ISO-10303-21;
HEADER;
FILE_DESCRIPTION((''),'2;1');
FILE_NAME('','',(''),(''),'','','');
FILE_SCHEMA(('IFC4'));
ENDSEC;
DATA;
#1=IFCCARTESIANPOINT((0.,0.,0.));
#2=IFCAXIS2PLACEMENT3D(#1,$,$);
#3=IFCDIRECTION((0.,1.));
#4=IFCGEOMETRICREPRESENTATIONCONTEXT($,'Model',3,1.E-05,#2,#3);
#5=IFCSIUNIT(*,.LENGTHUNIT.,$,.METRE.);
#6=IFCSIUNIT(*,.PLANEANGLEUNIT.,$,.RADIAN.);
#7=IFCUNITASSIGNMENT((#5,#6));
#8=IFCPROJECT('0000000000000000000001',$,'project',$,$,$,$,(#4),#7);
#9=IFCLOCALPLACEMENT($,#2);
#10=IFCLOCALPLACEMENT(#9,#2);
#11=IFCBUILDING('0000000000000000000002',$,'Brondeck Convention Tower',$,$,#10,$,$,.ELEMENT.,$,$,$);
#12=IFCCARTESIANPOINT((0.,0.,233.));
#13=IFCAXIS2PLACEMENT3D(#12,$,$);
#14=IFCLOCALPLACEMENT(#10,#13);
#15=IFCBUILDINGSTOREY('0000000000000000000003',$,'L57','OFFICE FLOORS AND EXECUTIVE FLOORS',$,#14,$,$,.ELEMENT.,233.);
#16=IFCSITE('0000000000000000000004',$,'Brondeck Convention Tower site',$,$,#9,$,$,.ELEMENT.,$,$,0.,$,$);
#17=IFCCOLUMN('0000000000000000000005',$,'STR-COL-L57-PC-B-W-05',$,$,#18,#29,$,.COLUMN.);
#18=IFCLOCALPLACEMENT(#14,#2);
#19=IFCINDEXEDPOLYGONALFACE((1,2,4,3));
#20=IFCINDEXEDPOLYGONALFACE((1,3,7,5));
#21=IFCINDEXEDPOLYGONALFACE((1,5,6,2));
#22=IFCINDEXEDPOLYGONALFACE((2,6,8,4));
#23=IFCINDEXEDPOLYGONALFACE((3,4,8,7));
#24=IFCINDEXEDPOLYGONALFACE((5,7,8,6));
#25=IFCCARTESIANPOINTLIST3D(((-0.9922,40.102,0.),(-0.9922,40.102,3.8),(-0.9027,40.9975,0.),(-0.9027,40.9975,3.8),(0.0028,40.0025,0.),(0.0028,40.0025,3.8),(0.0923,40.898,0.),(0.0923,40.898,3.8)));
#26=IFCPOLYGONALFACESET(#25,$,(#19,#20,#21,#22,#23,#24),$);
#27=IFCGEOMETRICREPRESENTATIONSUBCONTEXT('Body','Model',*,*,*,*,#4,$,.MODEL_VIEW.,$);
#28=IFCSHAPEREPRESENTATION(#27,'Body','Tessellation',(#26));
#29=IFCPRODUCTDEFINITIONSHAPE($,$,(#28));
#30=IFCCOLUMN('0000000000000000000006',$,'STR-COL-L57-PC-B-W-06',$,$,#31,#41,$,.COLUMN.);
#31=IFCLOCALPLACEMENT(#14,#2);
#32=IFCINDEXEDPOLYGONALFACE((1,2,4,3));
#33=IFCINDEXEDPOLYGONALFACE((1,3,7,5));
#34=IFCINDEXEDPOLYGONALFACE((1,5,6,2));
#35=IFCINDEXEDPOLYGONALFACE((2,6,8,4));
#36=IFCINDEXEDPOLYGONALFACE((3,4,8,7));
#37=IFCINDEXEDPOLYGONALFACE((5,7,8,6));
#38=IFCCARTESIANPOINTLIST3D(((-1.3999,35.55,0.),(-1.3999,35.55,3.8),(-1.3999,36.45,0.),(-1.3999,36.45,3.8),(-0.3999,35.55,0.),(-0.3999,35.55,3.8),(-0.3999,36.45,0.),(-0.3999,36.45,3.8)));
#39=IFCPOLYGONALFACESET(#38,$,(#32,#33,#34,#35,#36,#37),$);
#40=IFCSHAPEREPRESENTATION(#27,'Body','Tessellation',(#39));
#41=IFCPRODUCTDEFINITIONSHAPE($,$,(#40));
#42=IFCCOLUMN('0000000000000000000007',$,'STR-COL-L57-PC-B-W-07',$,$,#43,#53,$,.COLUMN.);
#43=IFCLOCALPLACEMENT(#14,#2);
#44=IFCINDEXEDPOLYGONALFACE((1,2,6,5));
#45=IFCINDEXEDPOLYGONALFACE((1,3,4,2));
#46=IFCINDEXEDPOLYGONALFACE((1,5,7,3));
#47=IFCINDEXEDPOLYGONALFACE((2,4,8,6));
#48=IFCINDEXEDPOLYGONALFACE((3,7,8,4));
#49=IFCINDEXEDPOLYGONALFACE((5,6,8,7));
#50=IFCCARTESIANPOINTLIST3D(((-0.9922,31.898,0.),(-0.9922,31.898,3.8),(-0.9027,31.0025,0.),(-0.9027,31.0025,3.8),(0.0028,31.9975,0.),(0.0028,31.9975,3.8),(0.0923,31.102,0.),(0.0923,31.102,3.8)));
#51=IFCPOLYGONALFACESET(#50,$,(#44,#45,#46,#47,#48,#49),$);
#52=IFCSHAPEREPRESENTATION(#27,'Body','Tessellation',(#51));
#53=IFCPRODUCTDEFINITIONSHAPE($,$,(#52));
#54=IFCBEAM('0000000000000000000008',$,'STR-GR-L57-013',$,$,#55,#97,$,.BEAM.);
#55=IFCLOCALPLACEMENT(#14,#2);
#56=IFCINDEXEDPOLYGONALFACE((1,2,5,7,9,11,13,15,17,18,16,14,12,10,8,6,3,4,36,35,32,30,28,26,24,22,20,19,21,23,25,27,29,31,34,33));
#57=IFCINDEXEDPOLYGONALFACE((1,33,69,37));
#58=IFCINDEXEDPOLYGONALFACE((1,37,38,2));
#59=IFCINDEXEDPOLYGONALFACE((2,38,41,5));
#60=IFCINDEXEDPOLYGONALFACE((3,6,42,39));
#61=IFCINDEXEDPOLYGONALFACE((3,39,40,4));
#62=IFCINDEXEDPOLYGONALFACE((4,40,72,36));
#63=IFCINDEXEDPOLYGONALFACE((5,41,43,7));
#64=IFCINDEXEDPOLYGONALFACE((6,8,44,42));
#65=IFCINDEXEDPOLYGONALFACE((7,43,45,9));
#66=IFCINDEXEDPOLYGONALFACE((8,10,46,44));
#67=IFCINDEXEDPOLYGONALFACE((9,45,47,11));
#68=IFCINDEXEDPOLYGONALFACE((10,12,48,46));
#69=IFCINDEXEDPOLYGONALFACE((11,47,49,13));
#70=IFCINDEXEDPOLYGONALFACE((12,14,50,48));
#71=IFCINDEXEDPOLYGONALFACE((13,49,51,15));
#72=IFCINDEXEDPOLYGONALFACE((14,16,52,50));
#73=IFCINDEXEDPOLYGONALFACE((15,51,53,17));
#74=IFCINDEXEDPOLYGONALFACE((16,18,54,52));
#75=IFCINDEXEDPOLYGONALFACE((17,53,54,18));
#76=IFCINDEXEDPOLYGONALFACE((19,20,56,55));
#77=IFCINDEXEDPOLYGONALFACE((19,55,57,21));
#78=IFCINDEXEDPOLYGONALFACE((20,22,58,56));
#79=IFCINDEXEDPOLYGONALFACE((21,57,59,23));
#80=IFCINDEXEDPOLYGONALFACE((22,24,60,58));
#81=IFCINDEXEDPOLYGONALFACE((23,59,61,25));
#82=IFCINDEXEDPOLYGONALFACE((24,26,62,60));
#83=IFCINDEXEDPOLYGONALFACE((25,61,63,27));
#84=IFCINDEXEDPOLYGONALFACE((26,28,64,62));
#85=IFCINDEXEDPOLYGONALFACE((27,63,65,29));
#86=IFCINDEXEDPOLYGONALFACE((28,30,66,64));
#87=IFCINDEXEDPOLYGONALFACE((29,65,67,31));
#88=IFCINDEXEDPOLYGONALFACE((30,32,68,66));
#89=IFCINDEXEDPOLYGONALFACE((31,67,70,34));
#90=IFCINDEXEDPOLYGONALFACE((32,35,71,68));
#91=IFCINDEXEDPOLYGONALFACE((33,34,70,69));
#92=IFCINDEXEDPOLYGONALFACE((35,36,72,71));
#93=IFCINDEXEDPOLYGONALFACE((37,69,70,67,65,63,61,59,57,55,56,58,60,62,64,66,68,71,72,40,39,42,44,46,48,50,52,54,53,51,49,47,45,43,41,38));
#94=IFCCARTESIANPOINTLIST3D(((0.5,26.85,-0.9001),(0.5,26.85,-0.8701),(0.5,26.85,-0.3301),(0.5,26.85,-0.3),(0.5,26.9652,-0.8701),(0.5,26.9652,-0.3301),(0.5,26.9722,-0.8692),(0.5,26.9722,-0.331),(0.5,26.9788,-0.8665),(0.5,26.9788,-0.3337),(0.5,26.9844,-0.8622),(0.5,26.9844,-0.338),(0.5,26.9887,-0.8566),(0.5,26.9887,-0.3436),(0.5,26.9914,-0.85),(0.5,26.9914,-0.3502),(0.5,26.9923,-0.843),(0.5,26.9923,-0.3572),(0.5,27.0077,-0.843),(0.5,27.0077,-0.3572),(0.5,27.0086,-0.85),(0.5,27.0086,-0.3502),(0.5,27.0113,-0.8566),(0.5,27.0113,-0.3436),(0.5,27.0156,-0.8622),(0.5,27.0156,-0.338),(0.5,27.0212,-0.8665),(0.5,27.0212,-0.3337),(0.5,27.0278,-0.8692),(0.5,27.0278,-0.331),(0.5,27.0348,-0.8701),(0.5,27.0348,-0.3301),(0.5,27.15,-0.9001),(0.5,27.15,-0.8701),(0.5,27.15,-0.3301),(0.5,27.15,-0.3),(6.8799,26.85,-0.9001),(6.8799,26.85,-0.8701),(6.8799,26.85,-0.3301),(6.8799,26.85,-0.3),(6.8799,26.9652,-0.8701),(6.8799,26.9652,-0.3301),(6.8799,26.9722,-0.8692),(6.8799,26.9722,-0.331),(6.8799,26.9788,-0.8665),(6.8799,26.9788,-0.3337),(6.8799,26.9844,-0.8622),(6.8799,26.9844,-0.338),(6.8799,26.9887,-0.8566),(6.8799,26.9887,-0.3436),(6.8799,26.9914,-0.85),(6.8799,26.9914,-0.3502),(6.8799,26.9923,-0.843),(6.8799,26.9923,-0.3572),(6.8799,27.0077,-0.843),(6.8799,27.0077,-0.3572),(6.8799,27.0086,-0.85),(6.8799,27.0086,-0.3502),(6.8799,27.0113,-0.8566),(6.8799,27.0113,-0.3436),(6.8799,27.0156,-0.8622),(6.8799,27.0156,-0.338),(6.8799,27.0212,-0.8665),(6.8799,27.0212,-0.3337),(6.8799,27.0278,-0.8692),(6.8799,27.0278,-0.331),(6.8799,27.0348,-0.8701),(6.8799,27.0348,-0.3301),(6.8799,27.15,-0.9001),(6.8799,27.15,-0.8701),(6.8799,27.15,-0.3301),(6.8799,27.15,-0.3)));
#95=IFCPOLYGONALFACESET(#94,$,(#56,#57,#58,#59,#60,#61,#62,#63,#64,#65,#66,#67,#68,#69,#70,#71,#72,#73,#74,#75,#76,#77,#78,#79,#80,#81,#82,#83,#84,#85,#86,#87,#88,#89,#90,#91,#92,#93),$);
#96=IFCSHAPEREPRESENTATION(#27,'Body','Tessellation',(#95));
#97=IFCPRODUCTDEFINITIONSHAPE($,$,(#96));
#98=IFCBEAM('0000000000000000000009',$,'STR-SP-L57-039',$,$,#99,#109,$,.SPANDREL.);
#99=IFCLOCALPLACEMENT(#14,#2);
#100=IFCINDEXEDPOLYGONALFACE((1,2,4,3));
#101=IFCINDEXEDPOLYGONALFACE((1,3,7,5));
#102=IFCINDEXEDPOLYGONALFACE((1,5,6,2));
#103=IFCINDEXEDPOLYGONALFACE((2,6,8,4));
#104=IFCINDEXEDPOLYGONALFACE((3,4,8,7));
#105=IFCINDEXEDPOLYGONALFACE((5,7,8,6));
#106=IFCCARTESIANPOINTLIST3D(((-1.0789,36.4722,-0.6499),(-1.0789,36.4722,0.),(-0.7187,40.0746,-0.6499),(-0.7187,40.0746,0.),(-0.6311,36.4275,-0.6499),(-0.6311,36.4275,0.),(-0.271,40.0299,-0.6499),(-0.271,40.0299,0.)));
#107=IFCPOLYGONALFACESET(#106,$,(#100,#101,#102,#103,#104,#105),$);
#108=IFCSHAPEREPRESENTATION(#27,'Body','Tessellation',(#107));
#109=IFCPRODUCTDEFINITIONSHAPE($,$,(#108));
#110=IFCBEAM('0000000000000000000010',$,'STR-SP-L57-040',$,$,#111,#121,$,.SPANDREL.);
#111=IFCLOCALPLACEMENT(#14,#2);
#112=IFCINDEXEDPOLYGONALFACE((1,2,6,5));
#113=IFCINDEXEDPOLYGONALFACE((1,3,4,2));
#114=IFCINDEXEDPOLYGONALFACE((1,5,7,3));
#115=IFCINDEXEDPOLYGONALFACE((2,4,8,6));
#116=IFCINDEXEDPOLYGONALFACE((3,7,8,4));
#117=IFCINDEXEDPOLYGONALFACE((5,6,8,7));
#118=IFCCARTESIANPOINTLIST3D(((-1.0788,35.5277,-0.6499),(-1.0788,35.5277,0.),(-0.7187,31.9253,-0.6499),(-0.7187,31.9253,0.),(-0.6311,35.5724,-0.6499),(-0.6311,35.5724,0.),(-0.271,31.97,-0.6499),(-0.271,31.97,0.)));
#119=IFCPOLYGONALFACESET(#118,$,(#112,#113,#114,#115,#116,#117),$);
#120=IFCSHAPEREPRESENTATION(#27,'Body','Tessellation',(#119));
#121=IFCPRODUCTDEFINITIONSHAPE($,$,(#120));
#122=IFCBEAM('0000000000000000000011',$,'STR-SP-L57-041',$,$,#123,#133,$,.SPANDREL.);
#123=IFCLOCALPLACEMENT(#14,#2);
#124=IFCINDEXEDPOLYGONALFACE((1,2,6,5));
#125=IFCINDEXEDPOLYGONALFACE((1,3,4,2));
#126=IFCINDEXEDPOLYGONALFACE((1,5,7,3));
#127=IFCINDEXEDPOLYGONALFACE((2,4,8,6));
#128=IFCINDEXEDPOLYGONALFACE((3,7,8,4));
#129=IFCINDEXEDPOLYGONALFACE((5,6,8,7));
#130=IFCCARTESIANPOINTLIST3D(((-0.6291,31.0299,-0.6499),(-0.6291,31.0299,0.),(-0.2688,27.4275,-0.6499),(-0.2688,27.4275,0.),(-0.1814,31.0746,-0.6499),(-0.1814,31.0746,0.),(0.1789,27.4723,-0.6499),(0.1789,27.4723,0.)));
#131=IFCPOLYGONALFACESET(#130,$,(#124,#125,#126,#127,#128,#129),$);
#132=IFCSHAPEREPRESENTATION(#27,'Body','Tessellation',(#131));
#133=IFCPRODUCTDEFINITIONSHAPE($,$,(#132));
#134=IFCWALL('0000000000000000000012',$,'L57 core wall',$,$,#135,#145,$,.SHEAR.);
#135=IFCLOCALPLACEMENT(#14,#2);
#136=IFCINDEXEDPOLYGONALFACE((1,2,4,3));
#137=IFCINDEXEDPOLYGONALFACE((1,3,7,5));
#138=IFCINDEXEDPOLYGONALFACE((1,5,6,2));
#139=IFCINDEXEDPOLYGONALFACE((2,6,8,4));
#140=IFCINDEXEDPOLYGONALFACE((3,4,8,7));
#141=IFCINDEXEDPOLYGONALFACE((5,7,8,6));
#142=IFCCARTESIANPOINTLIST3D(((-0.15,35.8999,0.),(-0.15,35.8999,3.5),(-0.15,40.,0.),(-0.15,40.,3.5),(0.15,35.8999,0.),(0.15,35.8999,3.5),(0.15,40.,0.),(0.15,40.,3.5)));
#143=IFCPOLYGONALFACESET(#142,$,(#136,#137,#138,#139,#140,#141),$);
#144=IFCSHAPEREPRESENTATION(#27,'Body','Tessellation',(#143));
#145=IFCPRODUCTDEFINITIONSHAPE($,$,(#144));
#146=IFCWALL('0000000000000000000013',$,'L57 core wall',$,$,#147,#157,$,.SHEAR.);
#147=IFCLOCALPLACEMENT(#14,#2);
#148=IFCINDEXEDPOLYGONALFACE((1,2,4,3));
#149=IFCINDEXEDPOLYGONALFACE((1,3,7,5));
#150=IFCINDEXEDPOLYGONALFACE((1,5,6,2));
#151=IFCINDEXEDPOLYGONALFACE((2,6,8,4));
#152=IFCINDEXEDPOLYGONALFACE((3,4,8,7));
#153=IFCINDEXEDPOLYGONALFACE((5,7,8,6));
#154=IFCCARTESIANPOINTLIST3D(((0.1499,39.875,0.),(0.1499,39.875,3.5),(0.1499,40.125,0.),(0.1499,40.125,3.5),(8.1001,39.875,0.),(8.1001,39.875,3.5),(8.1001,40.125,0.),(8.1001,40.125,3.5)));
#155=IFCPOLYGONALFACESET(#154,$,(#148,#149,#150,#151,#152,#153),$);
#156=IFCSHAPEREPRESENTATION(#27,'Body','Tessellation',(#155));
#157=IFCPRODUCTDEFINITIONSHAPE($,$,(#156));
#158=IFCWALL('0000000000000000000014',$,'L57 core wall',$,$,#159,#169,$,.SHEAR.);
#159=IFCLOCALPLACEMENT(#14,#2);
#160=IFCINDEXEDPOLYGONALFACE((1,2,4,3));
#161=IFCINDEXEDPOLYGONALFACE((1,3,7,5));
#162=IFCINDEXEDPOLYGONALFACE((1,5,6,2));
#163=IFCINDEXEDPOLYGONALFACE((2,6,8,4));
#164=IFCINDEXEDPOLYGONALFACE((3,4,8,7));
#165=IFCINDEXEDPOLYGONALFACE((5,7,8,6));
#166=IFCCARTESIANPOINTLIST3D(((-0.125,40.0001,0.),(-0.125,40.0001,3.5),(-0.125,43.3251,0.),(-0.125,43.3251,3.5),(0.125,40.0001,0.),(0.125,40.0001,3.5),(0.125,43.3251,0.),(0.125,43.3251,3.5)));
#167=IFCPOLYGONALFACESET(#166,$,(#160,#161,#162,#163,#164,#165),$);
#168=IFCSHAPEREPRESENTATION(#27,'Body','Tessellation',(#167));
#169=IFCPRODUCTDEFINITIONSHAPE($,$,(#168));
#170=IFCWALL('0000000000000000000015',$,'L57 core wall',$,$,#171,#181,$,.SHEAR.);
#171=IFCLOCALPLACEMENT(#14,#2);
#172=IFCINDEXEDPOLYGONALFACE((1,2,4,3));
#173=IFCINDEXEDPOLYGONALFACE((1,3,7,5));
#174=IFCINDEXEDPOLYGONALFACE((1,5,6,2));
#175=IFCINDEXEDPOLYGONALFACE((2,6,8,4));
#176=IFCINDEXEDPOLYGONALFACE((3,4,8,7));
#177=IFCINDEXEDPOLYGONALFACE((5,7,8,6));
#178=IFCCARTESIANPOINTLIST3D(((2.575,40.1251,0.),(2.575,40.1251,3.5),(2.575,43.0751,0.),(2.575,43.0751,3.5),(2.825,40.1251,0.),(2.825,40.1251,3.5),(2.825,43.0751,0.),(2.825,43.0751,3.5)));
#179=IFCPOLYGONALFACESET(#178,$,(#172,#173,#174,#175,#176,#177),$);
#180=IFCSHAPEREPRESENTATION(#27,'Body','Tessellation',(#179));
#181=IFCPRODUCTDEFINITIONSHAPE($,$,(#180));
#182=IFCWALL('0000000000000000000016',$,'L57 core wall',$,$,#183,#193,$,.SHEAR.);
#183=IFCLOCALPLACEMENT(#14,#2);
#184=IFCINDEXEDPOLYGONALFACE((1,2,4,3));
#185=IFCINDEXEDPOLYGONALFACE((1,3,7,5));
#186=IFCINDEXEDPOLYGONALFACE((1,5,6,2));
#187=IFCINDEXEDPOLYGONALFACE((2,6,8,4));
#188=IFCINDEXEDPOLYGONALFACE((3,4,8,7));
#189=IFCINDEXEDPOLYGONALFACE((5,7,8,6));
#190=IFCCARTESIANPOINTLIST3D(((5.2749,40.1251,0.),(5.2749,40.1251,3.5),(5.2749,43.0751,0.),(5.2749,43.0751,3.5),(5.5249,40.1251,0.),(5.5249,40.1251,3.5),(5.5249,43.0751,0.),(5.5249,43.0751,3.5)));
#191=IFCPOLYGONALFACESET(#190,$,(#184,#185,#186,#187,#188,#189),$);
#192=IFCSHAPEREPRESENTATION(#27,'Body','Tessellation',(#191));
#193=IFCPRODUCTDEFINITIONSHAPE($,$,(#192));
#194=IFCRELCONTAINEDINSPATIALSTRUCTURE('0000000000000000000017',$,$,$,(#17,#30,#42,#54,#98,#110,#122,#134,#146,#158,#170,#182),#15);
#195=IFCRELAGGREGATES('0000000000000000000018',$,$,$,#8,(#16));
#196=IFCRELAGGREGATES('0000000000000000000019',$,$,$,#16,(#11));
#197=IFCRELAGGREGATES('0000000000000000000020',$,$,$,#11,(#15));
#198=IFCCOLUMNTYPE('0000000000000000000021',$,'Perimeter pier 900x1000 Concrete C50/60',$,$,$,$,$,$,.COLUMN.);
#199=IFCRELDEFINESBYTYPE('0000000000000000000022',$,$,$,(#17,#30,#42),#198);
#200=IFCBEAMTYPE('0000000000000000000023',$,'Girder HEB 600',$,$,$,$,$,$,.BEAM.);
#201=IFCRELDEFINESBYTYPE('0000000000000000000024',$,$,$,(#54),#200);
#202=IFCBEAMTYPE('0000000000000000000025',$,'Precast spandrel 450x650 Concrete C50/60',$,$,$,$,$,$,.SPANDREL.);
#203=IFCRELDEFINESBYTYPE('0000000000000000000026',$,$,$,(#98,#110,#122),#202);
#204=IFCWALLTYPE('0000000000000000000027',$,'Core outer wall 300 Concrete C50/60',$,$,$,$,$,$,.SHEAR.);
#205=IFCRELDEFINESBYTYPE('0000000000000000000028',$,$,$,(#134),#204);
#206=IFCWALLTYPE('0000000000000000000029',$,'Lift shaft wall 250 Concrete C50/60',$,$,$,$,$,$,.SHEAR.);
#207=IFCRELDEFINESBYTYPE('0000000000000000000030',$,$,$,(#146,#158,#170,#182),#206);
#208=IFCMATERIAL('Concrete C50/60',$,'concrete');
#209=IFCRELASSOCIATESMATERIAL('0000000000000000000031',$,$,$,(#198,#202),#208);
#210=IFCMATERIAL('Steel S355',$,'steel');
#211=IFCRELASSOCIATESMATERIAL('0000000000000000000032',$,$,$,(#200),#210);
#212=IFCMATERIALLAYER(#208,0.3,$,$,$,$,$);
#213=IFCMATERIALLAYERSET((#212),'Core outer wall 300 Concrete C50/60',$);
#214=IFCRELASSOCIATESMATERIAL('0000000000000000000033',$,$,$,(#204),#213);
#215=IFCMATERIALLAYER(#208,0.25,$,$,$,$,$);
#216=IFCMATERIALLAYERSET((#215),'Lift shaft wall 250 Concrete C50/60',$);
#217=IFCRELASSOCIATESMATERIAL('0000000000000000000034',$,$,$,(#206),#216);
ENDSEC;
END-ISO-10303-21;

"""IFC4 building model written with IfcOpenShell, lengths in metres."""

from ifc_helpers import new_model, si_unit, direction, frame, frame_2d, origin, origin_2d, place, context, subcontext, project, spatial, rectangle, i_section, extrude, material, layer, layer_set, material_profile, profile_set, type_object, element, save


model = new_model("IFC4")

# Units and contexts
model_context = context("Model", 3, precision=1e-05, world=origin(), true_north=direction((0.0, 1.0)))
body_context = subcontext(model_context, "Body", "Model", "MODEL_VIEW")
ifc_project = project(units=[si_unit("LENGTHUNIT", "METRE"), si_unit("PLANEANGLEUNIT", "RADIAN")], contexts=[model_context])

# Site, building, storey
site_placement = place(None, origin())
site = spatial("IfcSite", under=ifc_project, at=site_placement, Name="Brondeck Convention Tower site", CompositionType="ELEMENT", RefElevation=0.0)
building_placement = place(site_placement, origin())
building = spatial("IfcBuilding", under=site, at=building_placement, Name="Brondeck Convention Tower", CompositionType="ELEMENT")
storey_placement = place(building_placement, frame((0.0, 0.0, 233.0)))
storey = spatial("IfcBuildingStorey", under=building, at=storey_placement, Name="L57", Description="OFFICE FLOORS AND EXECUTIVE FLOORS", CompositionType="ELEMENT", Elevation=233.0)

# Columns
ifc_material_1 = material(Name="Concrete C50/60", Category="concrete")
ifc_material_profile_1 = material_profile(ifc_material_1, rectangle(XDim=0.8999, YDim=1.0, at=origin_2d()), Name="Perimeter pier 900x1000 Concrete C50/60")
ifc_profile_set_1 = profile_set([ifc_material_profile_1], Name="Concrete C50/60")
column_type = type_object("IfcColumnType", Name="Perimeter pier 900x1000 Concrete C50/60", PredefinedType="COLUMN", material=ifc_profile_set_1)
for number, where, z_axis, x_axis, name in (
    (1, (-0.45, 40.5, 0.0), (0.0, 0.0, 1.0), (-0.099504, -0.995037, 0.0), "STR-COL-L57-PC-B-W-05"),
    (2, (-0.8999, 36.0, 0.0), (0.0, 0.0, 1.0), (0.0, -1.0, 0.0), "STR-COL-L57-PC-B-W-06"),
    (3, (-0.45, 31.5, 0.0), (0.0, 0.0, 1.0), (0.099504, -0.995037, 0.0), "STR-COL-L57-PC-B-W-07"),
):
    element("IfcColumn", number, at=place(storey_placement, frame(where, z_axis=z_axis, x_axis=x_axis)), inside=storey, type_object=column_type, Name=name, PredefinedType="COLUMN", context=body_context, shape_type="SweptSolid", body=[
        extrude(rectangle(XDim=0.8999, YDim=1.0, at=origin_2d()), origin(), (0.0, 0.0, 1.0), 3.8),
    ])

# Beams
ifc_material_2 = material(Name="Steel S355", Category="steel")
ifc_material_profile_2 = material_profile(ifc_material_2, i_section(OverallWidth=0.3, OverallDepth=0.6001, WebThickness=0.0154, FlangeThickness=0.03, FilletRadius=0.0271, at=origin_2d()), Name="HEB 600")
ifc_profile_set_2 = profile_set([ifc_material_profile_2], Name="Steel S355")
beam_type_1 = type_object("IfcBeamType", Name="Girder HEB 600", PredefinedType="BEAM", material=ifc_profile_set_2)
beam_placement = place(storey_placement, frame((0.5, 27.0, -0.6001), z_axis=(1.0, 0.0, 0.0), x_axis=(0.0, 1.0, 0.0)))
element("IfcBeam", 4, at=beam_placement, inside=storey, type_object=beam_type_1, Name="STR-GR-L57-013", PredefinedType="BEAM", context=body_context, shape_type="SweptSolid", body=[
    extrude(i_section(OverallWidth=0.3, OverallDepth=0.6001, WebThickness=0.0154, FlangeThickness=0.03, FilletRadius=0.0271, at=origin_2d()), origin(), (0.0, 0.0, 1.0), 6.3799),
])
ifc_material_profile_3 = material_profile(ifc_material_1, rectangle(XDim=0.45, YDim=0.6499, at=origin_2d()), Name="Precast spandrel 450x650 Concrete C50/60")
ifc_profile_set_3 = profile_set([ifc_material_profile_3], Name="Concrete C50/60")
beam_type_2 = type_object("IfcBeamType", Name="Precast spandrel 450x650 Concrete C50/60", PredefinedType="SPANDREL", material=ifc_profile_set_3)
for number, where, z_axis, x_axis, name in (
    (5, (-0.4949, 40.0522, -0.325), (-0.09947, -0.995041, 0.0), (0.995041, -0.09947, 0.0), "STR-SP-L57-039"),
    (6, (-0.855, 35.55, -0.325), (0.09947, -0.995041, 0.0), (0.995041, 0.09947, 0.0), "STR-SP-L57-040"),
    (7, (-0.4053, 31.0522, -0.325), (0.099537, -0.995034, 0.0), (0.995034, 0.099537, 0.0), "STR-SP-L57-041"),
):
    element("IfcBeam", number, at=place(storey_placement, frame(where, z_axis=z_axis, x_axis=x_axis)), inside=storey, type_object=beam_type_2, Name=name, PredefinedType="SPANDREL", context=body_context, shape_type="SweptSolid", body=[
        extrude(rectangle(XDim=0.45, YDim=0.6499, at=origin_2d()), origin(), (0.0, 0.0, 1.0), 3.6204),
    ])

# Walls
ifc_layer_1 = layer(ifc_material_1, 0.3)
ifc_layer_set_1 = layer_set([ifc_layer_1], Name="Core outer wall 300 Concrete C50/60")
wall_type_1 = type_object("IfcWallType", Name="Core outer wall 300 Concrete C50/60", PredefinedType="SHEAR", material=ifc_layer_set_1)
wall_1_placement = place(storey_placement, frame((0.0, 35.8999, 0.0), z_axis=(0.0, 0.0, 1.0), x_axis=(0.0, 1.0, 0.0)))
element("IfcWall", 8, at=wall_1_placement, inside=storey, type_object=wall_type_1, Name="L57 core wall", PredefinedType="SHEAR", context=body_context, shape_type="SweptSolid", body=[
    extrude(rectangle(XDim=4.1001, YDim=0.3, at=frame_2d((2.05, 0.0))), origin(), (0.0, 0.0, 1.0), 3.5),
])
ifc_layer_2 = layer(ifc_material_1, 0.25)
ifc_layer_set_2 = layer_set([ifc_layer_2], Name="Lift shaft wall 250 Concrete C50/60")
wall_type_2 = type_object("IfcWallType", Name="Lift shaft wall 250 Concrete C50/60", PredefinedType="SHEAR", material=ifc_layer_set_2)
wall_2_placement = place(storey_placement, frame((0.1499, 40.0, 0.0), z_axis=(0.0, 0.0, 1.0), x_axis=(1.0, 0.0, 0.0)))
element("IfcWall", 9, at=wall_2_placement, inside=storey, type_object=wall_type_2, Name="L57 core wall", PredefinedType="SHEAR", context=body_context, shape_type="SweptSolid", body=[
    extrude(rectangle(XDim=7.9502, YDim=0.25, at=frame_2d((3.9751, 0.0))), origin(), (0.0, 0.0, 1.0), 3.5),
])
wall_3_placement = place(storey_placement, frame((0.0, 40.0, 0.0), z_axis=(0.0, 0.0, 1.0), x_axis=(0.0, 1.0, 0.0)))
element("IfcWall", 10, at=wall_3_placement, inside=storey, type_object=wall_type_2, Name="L57 core wall", PredefinedType="SHEAR", context=body_context, shape_type="SweptSolid", body=[
    extrude(rectangle(XDim=3.325, YDim=0.25, at=frame_2d((1.6626, 0.0))), origin(), (0.0, 0.0, 1.0), 3.5),
])
for number, where, z_axis, x_axis, name in (
    (11, (2.7, 40.125, 0.0), (0.0, 0.0, 1.0), (0.0, 1.0, 0.0), "L57 core wall"),
    (12, (5.3999, 40.125, 0.0), (0.0, 0.0, 1.0), (0.0, 1.0, 0.0), "L57 core wall"),
):
    element("IfcWall", number, at=place(storey_placement, frame(where, z_axis=z_axis, x_axis=x_axis)), inside=storey, type_object=wall_type_2, Name=name, PredefinedType="SHEAR", context=body_context, shape_type="SweptSolid", body=[
        extrude(rectangle(XDim=2.95, YDim=0.25, at=frame_2d((1.4751, 0.0))), origin(), (0.0, 0.0, 1.0), 3.5),
    ])

save(model, "model.ifc")
